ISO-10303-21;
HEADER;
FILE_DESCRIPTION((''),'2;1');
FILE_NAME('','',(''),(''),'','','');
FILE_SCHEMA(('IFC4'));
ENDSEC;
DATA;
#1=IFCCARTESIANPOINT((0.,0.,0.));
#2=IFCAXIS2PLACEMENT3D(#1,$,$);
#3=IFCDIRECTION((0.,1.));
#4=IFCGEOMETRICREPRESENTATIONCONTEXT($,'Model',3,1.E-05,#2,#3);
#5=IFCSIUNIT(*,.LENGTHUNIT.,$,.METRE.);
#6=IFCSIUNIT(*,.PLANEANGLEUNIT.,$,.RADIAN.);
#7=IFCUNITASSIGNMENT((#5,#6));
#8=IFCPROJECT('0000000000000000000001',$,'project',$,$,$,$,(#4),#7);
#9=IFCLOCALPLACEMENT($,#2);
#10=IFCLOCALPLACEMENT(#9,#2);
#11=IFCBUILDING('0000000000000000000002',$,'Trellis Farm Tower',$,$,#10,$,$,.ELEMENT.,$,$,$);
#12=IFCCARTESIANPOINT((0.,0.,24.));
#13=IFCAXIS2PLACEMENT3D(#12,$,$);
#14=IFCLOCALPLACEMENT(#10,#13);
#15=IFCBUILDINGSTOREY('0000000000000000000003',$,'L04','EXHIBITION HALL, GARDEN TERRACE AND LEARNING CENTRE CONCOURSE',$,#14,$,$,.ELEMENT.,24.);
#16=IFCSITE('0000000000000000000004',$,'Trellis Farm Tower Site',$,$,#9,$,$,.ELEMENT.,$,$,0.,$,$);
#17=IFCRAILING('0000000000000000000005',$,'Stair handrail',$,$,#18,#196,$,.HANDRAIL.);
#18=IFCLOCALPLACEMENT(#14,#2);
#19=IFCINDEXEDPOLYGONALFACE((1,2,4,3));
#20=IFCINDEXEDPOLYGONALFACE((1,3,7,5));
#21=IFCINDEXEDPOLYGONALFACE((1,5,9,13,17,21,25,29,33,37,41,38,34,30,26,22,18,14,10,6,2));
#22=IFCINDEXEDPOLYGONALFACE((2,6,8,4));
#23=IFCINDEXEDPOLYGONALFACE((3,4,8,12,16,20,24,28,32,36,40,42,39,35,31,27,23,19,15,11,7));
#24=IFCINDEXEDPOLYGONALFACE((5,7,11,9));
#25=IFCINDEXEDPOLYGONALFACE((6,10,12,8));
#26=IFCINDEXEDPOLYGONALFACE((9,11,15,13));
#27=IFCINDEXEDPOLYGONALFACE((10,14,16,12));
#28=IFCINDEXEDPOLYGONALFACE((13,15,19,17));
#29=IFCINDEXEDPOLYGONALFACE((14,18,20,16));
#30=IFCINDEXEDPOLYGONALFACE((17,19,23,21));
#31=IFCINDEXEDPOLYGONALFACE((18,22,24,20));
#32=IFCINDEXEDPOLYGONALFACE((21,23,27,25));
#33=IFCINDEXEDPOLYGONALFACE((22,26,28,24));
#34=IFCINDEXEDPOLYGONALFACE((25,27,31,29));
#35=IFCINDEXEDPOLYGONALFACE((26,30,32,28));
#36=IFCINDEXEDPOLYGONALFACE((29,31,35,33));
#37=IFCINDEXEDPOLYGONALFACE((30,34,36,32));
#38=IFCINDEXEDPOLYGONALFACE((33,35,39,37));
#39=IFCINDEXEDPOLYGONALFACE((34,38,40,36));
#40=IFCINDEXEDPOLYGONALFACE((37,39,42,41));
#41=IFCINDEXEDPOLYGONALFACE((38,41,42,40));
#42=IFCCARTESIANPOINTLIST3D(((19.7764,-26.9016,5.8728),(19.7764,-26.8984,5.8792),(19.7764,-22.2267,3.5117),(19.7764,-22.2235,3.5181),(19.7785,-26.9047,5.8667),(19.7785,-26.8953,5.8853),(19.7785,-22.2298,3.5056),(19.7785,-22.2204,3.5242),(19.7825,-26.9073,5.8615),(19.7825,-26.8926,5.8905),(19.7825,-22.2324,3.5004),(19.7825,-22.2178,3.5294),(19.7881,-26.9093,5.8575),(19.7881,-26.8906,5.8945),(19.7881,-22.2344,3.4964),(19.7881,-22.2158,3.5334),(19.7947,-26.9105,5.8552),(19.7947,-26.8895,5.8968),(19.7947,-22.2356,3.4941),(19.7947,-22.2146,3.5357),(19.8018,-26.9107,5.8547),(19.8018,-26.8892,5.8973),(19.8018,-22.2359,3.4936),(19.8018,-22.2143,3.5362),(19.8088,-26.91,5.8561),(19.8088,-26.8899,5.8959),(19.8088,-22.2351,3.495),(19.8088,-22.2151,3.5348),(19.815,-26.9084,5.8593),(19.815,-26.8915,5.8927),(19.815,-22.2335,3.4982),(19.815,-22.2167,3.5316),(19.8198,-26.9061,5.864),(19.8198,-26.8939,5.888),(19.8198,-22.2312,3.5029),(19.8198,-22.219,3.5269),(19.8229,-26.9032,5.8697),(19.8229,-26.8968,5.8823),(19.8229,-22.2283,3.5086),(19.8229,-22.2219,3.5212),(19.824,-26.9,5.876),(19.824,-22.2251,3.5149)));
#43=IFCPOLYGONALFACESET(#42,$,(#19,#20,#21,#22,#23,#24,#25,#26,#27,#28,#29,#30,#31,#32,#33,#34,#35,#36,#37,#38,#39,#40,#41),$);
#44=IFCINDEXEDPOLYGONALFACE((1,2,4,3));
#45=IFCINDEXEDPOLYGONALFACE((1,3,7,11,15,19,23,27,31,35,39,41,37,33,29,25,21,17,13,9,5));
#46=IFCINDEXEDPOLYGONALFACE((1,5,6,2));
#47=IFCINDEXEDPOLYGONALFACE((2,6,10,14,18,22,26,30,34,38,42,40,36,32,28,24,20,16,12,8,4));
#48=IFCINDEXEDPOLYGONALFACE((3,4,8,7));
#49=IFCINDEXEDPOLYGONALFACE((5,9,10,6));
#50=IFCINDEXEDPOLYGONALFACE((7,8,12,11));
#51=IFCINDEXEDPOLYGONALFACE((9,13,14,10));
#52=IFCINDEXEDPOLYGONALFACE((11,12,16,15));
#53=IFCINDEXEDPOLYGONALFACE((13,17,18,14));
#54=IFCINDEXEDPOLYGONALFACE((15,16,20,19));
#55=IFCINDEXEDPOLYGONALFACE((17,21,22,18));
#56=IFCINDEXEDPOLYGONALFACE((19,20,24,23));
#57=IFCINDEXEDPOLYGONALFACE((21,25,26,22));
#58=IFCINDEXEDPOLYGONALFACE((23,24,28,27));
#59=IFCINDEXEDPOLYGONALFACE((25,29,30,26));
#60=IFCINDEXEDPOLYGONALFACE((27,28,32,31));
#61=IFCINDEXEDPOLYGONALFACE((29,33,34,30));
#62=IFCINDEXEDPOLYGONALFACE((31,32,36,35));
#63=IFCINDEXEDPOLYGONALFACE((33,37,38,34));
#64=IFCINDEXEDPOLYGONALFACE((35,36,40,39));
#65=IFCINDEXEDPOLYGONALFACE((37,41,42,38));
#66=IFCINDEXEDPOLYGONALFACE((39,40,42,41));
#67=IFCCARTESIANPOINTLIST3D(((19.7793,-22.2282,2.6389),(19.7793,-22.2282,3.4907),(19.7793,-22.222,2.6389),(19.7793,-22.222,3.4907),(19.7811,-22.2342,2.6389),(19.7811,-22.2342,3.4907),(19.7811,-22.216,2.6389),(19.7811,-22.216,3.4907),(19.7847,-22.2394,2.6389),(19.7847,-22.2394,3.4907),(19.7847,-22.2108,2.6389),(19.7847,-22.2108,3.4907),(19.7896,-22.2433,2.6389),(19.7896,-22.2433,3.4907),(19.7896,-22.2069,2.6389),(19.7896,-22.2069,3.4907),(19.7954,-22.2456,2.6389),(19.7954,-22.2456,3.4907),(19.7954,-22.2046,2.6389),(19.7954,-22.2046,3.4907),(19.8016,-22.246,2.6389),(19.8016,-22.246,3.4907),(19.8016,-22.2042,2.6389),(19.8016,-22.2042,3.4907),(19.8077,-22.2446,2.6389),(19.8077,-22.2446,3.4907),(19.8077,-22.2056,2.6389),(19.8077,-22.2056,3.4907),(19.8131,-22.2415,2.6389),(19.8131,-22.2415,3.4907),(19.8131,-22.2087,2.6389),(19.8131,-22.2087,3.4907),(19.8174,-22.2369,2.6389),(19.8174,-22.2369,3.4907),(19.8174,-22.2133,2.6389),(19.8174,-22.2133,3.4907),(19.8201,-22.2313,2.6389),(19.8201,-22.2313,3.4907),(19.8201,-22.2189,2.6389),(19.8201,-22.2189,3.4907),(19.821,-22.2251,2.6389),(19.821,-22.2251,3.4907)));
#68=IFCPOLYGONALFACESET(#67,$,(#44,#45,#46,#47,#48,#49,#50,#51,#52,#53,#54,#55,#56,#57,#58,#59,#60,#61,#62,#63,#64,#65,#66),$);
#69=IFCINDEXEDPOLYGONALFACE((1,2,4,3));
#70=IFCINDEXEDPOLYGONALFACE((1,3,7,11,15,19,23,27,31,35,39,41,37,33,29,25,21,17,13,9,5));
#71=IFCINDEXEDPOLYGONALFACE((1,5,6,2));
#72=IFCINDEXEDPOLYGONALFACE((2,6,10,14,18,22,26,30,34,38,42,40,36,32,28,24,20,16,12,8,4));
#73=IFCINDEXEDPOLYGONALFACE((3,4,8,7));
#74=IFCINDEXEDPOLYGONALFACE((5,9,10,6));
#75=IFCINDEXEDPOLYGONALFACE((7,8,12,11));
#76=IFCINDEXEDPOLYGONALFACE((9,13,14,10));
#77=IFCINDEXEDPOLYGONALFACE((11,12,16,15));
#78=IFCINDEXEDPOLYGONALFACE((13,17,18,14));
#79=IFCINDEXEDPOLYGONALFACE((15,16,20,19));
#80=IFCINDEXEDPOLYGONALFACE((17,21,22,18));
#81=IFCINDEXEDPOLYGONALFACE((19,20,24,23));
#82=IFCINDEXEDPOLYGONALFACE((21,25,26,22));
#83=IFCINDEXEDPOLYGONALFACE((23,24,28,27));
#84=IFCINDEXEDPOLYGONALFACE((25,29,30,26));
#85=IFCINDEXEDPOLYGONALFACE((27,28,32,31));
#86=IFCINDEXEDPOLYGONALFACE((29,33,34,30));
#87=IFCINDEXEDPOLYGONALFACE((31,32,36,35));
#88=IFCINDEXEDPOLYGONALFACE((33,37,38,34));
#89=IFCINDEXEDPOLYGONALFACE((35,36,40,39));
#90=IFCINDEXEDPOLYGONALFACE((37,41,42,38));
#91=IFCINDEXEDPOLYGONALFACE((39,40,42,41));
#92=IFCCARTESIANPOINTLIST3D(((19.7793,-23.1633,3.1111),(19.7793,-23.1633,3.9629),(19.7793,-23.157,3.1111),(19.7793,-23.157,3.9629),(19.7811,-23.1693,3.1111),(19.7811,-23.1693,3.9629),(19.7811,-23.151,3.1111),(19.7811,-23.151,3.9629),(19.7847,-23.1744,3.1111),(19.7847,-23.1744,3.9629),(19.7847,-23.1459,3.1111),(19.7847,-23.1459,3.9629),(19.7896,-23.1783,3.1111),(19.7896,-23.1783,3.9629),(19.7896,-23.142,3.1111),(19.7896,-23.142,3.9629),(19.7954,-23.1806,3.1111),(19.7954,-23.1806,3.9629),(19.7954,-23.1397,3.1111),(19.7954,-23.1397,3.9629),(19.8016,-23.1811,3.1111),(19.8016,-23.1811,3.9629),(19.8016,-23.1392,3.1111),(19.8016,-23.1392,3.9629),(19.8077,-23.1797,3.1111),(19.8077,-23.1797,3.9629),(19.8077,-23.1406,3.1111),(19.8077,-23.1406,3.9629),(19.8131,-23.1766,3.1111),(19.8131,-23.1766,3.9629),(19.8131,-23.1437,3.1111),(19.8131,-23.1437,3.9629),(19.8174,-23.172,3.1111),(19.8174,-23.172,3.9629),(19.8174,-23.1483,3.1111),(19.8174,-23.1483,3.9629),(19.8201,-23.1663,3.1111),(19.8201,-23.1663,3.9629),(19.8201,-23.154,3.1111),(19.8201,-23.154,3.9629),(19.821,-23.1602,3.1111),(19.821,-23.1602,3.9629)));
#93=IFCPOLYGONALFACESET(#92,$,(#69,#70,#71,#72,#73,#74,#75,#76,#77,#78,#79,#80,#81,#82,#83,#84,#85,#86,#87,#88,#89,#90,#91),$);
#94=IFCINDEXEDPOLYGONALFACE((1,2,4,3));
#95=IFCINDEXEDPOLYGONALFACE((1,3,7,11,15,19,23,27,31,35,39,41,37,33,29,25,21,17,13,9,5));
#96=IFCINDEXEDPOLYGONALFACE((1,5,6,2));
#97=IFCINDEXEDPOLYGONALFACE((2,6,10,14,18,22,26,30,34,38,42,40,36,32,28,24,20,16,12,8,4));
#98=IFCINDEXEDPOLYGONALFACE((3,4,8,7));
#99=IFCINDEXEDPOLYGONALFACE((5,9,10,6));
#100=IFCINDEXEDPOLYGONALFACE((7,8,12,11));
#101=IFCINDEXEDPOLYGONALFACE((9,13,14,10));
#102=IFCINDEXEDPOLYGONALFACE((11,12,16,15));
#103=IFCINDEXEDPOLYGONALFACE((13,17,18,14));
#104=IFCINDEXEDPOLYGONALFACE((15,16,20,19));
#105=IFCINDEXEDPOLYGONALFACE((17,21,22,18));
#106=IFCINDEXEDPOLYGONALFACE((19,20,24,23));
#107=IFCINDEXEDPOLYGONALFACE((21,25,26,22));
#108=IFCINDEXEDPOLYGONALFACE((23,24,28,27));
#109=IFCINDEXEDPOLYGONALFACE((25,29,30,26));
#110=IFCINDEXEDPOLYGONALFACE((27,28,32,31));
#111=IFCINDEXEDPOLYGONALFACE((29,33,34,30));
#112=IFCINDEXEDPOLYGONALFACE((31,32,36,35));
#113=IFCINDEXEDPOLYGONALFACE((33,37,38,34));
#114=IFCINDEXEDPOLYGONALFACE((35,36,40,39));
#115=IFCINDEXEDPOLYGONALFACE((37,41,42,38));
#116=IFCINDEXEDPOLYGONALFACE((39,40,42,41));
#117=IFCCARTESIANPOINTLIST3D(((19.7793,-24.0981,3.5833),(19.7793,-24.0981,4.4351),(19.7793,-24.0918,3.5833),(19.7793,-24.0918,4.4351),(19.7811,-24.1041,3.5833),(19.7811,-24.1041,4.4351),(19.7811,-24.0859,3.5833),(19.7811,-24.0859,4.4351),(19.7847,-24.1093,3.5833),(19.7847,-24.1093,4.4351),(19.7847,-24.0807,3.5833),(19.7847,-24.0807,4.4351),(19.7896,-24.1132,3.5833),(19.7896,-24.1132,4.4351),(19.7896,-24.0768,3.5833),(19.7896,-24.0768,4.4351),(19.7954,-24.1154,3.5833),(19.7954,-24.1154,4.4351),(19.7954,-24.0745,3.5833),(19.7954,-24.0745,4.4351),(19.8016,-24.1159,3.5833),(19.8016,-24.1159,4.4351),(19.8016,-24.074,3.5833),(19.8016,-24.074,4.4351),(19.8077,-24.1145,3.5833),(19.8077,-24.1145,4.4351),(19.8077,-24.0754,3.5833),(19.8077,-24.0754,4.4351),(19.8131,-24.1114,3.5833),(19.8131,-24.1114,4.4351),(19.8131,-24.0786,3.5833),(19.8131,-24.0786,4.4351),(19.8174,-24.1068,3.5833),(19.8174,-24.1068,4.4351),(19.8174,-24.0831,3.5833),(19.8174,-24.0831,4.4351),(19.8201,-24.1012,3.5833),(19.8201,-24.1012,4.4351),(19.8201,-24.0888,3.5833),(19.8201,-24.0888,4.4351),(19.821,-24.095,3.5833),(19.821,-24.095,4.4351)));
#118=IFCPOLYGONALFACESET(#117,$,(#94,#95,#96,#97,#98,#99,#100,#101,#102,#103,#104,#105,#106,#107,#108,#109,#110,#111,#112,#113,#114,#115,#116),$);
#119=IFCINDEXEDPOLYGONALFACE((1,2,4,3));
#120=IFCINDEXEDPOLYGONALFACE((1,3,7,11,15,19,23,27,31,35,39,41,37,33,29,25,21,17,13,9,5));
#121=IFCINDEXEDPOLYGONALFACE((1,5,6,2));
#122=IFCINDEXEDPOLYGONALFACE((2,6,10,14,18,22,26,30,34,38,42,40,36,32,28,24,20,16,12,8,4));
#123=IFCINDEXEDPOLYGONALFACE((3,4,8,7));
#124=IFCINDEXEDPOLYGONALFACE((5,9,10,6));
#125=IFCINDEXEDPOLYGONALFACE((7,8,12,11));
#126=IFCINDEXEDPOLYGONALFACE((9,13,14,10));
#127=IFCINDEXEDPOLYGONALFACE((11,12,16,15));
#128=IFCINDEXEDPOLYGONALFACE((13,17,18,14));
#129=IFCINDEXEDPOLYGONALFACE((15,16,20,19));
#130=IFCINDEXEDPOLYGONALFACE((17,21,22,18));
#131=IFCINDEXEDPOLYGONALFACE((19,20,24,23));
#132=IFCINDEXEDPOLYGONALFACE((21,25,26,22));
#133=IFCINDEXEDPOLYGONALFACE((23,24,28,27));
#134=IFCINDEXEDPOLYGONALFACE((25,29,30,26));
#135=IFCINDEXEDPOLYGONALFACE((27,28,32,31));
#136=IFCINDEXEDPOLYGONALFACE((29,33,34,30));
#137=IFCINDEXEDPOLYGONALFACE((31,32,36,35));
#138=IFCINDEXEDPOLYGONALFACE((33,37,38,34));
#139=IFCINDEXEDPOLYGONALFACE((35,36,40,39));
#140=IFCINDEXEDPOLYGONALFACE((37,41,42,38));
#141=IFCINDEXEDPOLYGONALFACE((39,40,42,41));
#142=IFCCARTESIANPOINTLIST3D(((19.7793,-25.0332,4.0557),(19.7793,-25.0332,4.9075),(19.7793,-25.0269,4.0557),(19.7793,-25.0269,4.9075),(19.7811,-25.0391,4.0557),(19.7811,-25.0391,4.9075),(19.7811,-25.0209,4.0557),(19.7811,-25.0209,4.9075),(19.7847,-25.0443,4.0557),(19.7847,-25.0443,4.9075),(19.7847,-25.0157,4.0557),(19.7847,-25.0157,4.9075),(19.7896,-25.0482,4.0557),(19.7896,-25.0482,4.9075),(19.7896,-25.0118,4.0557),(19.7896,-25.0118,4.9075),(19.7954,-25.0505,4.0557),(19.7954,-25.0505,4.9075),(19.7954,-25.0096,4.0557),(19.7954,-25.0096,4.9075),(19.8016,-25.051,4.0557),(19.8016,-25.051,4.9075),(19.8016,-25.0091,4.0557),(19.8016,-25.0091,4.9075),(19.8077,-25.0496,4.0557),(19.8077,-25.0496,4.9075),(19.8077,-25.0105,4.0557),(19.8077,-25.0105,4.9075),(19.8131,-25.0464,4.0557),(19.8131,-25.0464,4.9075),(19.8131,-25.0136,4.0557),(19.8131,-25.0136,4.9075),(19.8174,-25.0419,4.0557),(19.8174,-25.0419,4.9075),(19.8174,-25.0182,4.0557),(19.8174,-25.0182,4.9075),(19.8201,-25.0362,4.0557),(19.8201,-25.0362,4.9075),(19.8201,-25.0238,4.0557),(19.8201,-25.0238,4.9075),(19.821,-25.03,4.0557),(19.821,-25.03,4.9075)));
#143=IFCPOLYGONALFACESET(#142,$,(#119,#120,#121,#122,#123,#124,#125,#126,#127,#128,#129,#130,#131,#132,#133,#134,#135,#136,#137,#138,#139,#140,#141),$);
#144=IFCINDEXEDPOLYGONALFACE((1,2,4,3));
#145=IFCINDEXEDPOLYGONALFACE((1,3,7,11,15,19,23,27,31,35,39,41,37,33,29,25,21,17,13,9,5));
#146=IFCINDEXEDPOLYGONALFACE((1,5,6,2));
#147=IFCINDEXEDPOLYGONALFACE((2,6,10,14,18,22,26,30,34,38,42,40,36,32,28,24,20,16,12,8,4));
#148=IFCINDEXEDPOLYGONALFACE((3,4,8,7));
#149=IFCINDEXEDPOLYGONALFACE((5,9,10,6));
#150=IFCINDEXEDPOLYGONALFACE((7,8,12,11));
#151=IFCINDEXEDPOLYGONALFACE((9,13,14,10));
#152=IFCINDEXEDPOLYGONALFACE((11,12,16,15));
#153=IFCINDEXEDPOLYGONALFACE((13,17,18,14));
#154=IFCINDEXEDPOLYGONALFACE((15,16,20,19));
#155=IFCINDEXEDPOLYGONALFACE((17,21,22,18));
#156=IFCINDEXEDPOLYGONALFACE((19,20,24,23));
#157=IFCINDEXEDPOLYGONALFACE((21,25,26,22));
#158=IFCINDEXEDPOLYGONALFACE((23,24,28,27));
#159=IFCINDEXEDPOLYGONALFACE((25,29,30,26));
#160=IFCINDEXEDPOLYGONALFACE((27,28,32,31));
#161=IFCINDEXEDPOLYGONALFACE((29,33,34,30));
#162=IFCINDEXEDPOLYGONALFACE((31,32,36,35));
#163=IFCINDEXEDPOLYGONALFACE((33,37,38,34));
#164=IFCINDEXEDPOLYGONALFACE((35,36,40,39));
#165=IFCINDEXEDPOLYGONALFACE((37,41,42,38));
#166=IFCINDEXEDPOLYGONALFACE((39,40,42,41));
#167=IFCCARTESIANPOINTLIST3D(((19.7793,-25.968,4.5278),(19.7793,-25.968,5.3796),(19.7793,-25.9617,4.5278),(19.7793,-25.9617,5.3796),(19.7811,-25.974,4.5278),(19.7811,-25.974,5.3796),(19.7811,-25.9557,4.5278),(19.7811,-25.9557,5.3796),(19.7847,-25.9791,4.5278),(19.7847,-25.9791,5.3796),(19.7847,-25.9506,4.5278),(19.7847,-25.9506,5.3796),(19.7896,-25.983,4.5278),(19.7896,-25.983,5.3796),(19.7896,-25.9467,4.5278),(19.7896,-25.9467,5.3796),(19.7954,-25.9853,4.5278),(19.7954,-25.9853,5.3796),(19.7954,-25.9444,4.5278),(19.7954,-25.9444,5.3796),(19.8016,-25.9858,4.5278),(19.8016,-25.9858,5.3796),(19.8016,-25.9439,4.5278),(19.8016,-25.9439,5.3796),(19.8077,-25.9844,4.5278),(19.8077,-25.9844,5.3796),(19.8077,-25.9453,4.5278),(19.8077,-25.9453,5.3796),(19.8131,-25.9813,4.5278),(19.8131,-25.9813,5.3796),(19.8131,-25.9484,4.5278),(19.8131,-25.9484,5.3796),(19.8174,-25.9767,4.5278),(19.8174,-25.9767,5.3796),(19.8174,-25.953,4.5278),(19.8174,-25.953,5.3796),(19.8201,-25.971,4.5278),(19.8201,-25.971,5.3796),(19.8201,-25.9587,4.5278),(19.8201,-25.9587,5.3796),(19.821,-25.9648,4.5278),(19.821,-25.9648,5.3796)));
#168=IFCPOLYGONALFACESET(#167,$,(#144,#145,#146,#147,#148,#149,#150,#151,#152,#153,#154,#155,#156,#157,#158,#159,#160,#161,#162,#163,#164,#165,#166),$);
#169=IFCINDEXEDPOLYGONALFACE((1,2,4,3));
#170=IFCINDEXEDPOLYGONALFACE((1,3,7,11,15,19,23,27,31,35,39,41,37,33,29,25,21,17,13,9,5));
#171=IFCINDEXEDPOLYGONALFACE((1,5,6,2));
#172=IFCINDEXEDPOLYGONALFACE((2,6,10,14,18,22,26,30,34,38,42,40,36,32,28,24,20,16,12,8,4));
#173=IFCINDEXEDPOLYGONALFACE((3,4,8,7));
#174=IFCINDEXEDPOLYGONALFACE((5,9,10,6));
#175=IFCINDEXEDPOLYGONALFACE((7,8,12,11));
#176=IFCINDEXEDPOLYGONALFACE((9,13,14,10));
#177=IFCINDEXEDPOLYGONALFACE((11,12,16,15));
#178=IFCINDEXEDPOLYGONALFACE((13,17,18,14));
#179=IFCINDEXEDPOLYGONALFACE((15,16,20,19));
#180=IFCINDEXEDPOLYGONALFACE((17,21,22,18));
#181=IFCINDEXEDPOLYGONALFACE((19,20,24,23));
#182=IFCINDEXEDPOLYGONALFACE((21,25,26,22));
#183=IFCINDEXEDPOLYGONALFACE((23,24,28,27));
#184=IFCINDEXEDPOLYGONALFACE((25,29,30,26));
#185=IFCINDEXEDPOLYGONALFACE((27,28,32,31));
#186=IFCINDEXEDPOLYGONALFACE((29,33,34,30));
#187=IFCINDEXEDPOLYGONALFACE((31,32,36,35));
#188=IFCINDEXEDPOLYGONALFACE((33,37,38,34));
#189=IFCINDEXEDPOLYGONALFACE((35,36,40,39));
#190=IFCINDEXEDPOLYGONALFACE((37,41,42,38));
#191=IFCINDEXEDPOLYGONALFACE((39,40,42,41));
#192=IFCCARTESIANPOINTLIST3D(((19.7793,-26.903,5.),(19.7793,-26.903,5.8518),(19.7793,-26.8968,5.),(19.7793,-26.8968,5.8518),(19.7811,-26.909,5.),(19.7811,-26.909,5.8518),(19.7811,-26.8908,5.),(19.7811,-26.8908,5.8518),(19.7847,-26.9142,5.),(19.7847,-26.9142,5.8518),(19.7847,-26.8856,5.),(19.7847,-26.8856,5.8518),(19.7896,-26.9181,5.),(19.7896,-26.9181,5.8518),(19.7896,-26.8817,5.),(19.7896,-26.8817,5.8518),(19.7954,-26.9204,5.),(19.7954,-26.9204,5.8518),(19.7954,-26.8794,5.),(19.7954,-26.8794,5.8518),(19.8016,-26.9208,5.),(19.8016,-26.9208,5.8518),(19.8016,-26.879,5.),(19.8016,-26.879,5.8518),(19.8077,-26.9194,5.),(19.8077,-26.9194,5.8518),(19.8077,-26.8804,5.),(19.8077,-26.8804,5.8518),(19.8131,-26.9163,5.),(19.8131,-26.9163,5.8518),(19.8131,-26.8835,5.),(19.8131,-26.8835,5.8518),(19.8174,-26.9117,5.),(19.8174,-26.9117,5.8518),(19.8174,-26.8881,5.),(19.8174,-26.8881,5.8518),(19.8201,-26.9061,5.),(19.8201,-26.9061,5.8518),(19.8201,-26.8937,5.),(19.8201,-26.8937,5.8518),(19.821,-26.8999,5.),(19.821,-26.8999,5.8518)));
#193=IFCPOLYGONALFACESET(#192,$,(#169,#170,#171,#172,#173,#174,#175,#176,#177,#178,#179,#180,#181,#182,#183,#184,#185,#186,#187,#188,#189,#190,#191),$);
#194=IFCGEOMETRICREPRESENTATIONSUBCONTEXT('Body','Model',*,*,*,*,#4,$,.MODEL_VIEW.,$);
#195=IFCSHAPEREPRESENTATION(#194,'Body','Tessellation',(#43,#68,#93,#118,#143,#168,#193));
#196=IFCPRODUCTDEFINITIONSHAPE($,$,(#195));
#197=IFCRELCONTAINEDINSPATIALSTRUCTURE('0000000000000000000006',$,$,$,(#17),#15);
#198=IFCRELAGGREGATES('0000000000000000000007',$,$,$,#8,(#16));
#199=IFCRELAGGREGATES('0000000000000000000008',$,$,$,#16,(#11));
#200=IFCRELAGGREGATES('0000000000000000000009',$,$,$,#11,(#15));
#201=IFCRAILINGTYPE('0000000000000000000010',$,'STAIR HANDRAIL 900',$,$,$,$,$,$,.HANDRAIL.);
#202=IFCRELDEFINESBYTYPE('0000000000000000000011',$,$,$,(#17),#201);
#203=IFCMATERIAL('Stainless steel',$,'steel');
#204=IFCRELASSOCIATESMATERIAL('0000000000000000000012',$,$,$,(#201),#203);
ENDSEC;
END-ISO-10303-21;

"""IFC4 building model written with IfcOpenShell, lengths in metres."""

from ifc_helpers import new_model, si_unit, direction, frame, origin, origin_2d, place, context, subcontext, project, spatial, circle, extrude, source, transform, mapped, material, type_object, element, save


model = new_model("IFC4")

# Units and contexts
model_context = context("Model", 3, precision=1e-05, world=origin(), true_north=direction((0.0, 1.0)))
body_context = subcontext(model_context, "Body", "Model", "MODEL_VIEW")
ifc_project = project(units=[si_unit("LENGTHUNIT", "METRE"), si_unit("PLANEANGLEUNIT", "RADIAN")], contexts=[model_context])

# Site, building, storey
site_placement = place(None, origin())
site = spatial("IfcSite", under=ifc_project, at=site_placement, Name="Trellis Farm Tower Site", CompositionType="ELEMENT", RefElevation=0.0)
building_placement = place(site_placement, origin())
building = spatial("IfcBuilding", under=site, at=building_placement, Name="Trellis Farm Tower", CompositionType="ELEMENT")
storey_placement = place(building_placement, frame((0.0, 0.0, 24.0)))
storey = spatial("IfcBuildingStorey", under=building, at=storey_placement, Name="L04", Description="EXHIBITION HALL, GARDEN TERRACE AND LEARNING CENTRE CONCOURSE", CompositionType="ELEMENT", Elevation=24.0)

# Railing
ifc_material_1 = material(Name="Stainless steel", Category="steel")
railing_type = type_object("IfcRailingType", Name="STAIR HANDRAIL 900", PredefinedType="HANDRAIL", material=ifc_material_1)
shared_shape_1 = source(origin(), body_context, "Body", "SweptSolid", [
    extrude(circle(Radius=0.0239, at=origin_2d()), frame((0.0, 0.0, 0.876), z_axis=(0.0, -0.892611, 0.450827), x_axis=(1.0, 0.0, 0.0)), (0.0, 0.0, 1.0), 5.2373),
    extrude(circle(Radius=0.021, at=origin_2d()), origin(), (0.0, 0.0, 1.0), 0.8518),
    extrude(circle(Radius=0.021, at=origin_2d()), frame((0.0, -0.9351, 0.4722)), (0.0, 0.0, 1.0), 0.8518),
    extrude(circle(Radius=0.021, at=origin_2d()), frame((0.0, -1.8699, 0.9443)), (0.0, 0.0, 1.0), 0.8518),
    extrude(circle(Radius=0.021, at=origin_2d()), frame((0.0, -2.8049, 1.4167)), (0.0, 0.0, 1.0), 0.8518),
    extrude(circle(Radius=0.021, at=origin_2d()), frame((0.0, -3.7397, 1.8889)), (0.0, 0.0, 1.0), 0.8518),
    extrude(circle(Radius=0.021, at=origin_2d()), frame((0.0, -4.6748, 2.3611)), (0.0, 0.0, 1.0), 0.8518),
])
railing_1_placement = place(storey_placement, frame((19.8, -22.2251, 2.6389)))
element("IfcRailing", 1, at=railing_1_placement, inside=storey, type_object=railing_type, Name="Stair handrail", PredefinedType="HANDRAIL", context=body_context, shape_type="MappedRepresentation", body=[
    mapped(shared_shape_1, transform((0.0, 0.0, 0.0))),
])

save(model, "model.ifc")
